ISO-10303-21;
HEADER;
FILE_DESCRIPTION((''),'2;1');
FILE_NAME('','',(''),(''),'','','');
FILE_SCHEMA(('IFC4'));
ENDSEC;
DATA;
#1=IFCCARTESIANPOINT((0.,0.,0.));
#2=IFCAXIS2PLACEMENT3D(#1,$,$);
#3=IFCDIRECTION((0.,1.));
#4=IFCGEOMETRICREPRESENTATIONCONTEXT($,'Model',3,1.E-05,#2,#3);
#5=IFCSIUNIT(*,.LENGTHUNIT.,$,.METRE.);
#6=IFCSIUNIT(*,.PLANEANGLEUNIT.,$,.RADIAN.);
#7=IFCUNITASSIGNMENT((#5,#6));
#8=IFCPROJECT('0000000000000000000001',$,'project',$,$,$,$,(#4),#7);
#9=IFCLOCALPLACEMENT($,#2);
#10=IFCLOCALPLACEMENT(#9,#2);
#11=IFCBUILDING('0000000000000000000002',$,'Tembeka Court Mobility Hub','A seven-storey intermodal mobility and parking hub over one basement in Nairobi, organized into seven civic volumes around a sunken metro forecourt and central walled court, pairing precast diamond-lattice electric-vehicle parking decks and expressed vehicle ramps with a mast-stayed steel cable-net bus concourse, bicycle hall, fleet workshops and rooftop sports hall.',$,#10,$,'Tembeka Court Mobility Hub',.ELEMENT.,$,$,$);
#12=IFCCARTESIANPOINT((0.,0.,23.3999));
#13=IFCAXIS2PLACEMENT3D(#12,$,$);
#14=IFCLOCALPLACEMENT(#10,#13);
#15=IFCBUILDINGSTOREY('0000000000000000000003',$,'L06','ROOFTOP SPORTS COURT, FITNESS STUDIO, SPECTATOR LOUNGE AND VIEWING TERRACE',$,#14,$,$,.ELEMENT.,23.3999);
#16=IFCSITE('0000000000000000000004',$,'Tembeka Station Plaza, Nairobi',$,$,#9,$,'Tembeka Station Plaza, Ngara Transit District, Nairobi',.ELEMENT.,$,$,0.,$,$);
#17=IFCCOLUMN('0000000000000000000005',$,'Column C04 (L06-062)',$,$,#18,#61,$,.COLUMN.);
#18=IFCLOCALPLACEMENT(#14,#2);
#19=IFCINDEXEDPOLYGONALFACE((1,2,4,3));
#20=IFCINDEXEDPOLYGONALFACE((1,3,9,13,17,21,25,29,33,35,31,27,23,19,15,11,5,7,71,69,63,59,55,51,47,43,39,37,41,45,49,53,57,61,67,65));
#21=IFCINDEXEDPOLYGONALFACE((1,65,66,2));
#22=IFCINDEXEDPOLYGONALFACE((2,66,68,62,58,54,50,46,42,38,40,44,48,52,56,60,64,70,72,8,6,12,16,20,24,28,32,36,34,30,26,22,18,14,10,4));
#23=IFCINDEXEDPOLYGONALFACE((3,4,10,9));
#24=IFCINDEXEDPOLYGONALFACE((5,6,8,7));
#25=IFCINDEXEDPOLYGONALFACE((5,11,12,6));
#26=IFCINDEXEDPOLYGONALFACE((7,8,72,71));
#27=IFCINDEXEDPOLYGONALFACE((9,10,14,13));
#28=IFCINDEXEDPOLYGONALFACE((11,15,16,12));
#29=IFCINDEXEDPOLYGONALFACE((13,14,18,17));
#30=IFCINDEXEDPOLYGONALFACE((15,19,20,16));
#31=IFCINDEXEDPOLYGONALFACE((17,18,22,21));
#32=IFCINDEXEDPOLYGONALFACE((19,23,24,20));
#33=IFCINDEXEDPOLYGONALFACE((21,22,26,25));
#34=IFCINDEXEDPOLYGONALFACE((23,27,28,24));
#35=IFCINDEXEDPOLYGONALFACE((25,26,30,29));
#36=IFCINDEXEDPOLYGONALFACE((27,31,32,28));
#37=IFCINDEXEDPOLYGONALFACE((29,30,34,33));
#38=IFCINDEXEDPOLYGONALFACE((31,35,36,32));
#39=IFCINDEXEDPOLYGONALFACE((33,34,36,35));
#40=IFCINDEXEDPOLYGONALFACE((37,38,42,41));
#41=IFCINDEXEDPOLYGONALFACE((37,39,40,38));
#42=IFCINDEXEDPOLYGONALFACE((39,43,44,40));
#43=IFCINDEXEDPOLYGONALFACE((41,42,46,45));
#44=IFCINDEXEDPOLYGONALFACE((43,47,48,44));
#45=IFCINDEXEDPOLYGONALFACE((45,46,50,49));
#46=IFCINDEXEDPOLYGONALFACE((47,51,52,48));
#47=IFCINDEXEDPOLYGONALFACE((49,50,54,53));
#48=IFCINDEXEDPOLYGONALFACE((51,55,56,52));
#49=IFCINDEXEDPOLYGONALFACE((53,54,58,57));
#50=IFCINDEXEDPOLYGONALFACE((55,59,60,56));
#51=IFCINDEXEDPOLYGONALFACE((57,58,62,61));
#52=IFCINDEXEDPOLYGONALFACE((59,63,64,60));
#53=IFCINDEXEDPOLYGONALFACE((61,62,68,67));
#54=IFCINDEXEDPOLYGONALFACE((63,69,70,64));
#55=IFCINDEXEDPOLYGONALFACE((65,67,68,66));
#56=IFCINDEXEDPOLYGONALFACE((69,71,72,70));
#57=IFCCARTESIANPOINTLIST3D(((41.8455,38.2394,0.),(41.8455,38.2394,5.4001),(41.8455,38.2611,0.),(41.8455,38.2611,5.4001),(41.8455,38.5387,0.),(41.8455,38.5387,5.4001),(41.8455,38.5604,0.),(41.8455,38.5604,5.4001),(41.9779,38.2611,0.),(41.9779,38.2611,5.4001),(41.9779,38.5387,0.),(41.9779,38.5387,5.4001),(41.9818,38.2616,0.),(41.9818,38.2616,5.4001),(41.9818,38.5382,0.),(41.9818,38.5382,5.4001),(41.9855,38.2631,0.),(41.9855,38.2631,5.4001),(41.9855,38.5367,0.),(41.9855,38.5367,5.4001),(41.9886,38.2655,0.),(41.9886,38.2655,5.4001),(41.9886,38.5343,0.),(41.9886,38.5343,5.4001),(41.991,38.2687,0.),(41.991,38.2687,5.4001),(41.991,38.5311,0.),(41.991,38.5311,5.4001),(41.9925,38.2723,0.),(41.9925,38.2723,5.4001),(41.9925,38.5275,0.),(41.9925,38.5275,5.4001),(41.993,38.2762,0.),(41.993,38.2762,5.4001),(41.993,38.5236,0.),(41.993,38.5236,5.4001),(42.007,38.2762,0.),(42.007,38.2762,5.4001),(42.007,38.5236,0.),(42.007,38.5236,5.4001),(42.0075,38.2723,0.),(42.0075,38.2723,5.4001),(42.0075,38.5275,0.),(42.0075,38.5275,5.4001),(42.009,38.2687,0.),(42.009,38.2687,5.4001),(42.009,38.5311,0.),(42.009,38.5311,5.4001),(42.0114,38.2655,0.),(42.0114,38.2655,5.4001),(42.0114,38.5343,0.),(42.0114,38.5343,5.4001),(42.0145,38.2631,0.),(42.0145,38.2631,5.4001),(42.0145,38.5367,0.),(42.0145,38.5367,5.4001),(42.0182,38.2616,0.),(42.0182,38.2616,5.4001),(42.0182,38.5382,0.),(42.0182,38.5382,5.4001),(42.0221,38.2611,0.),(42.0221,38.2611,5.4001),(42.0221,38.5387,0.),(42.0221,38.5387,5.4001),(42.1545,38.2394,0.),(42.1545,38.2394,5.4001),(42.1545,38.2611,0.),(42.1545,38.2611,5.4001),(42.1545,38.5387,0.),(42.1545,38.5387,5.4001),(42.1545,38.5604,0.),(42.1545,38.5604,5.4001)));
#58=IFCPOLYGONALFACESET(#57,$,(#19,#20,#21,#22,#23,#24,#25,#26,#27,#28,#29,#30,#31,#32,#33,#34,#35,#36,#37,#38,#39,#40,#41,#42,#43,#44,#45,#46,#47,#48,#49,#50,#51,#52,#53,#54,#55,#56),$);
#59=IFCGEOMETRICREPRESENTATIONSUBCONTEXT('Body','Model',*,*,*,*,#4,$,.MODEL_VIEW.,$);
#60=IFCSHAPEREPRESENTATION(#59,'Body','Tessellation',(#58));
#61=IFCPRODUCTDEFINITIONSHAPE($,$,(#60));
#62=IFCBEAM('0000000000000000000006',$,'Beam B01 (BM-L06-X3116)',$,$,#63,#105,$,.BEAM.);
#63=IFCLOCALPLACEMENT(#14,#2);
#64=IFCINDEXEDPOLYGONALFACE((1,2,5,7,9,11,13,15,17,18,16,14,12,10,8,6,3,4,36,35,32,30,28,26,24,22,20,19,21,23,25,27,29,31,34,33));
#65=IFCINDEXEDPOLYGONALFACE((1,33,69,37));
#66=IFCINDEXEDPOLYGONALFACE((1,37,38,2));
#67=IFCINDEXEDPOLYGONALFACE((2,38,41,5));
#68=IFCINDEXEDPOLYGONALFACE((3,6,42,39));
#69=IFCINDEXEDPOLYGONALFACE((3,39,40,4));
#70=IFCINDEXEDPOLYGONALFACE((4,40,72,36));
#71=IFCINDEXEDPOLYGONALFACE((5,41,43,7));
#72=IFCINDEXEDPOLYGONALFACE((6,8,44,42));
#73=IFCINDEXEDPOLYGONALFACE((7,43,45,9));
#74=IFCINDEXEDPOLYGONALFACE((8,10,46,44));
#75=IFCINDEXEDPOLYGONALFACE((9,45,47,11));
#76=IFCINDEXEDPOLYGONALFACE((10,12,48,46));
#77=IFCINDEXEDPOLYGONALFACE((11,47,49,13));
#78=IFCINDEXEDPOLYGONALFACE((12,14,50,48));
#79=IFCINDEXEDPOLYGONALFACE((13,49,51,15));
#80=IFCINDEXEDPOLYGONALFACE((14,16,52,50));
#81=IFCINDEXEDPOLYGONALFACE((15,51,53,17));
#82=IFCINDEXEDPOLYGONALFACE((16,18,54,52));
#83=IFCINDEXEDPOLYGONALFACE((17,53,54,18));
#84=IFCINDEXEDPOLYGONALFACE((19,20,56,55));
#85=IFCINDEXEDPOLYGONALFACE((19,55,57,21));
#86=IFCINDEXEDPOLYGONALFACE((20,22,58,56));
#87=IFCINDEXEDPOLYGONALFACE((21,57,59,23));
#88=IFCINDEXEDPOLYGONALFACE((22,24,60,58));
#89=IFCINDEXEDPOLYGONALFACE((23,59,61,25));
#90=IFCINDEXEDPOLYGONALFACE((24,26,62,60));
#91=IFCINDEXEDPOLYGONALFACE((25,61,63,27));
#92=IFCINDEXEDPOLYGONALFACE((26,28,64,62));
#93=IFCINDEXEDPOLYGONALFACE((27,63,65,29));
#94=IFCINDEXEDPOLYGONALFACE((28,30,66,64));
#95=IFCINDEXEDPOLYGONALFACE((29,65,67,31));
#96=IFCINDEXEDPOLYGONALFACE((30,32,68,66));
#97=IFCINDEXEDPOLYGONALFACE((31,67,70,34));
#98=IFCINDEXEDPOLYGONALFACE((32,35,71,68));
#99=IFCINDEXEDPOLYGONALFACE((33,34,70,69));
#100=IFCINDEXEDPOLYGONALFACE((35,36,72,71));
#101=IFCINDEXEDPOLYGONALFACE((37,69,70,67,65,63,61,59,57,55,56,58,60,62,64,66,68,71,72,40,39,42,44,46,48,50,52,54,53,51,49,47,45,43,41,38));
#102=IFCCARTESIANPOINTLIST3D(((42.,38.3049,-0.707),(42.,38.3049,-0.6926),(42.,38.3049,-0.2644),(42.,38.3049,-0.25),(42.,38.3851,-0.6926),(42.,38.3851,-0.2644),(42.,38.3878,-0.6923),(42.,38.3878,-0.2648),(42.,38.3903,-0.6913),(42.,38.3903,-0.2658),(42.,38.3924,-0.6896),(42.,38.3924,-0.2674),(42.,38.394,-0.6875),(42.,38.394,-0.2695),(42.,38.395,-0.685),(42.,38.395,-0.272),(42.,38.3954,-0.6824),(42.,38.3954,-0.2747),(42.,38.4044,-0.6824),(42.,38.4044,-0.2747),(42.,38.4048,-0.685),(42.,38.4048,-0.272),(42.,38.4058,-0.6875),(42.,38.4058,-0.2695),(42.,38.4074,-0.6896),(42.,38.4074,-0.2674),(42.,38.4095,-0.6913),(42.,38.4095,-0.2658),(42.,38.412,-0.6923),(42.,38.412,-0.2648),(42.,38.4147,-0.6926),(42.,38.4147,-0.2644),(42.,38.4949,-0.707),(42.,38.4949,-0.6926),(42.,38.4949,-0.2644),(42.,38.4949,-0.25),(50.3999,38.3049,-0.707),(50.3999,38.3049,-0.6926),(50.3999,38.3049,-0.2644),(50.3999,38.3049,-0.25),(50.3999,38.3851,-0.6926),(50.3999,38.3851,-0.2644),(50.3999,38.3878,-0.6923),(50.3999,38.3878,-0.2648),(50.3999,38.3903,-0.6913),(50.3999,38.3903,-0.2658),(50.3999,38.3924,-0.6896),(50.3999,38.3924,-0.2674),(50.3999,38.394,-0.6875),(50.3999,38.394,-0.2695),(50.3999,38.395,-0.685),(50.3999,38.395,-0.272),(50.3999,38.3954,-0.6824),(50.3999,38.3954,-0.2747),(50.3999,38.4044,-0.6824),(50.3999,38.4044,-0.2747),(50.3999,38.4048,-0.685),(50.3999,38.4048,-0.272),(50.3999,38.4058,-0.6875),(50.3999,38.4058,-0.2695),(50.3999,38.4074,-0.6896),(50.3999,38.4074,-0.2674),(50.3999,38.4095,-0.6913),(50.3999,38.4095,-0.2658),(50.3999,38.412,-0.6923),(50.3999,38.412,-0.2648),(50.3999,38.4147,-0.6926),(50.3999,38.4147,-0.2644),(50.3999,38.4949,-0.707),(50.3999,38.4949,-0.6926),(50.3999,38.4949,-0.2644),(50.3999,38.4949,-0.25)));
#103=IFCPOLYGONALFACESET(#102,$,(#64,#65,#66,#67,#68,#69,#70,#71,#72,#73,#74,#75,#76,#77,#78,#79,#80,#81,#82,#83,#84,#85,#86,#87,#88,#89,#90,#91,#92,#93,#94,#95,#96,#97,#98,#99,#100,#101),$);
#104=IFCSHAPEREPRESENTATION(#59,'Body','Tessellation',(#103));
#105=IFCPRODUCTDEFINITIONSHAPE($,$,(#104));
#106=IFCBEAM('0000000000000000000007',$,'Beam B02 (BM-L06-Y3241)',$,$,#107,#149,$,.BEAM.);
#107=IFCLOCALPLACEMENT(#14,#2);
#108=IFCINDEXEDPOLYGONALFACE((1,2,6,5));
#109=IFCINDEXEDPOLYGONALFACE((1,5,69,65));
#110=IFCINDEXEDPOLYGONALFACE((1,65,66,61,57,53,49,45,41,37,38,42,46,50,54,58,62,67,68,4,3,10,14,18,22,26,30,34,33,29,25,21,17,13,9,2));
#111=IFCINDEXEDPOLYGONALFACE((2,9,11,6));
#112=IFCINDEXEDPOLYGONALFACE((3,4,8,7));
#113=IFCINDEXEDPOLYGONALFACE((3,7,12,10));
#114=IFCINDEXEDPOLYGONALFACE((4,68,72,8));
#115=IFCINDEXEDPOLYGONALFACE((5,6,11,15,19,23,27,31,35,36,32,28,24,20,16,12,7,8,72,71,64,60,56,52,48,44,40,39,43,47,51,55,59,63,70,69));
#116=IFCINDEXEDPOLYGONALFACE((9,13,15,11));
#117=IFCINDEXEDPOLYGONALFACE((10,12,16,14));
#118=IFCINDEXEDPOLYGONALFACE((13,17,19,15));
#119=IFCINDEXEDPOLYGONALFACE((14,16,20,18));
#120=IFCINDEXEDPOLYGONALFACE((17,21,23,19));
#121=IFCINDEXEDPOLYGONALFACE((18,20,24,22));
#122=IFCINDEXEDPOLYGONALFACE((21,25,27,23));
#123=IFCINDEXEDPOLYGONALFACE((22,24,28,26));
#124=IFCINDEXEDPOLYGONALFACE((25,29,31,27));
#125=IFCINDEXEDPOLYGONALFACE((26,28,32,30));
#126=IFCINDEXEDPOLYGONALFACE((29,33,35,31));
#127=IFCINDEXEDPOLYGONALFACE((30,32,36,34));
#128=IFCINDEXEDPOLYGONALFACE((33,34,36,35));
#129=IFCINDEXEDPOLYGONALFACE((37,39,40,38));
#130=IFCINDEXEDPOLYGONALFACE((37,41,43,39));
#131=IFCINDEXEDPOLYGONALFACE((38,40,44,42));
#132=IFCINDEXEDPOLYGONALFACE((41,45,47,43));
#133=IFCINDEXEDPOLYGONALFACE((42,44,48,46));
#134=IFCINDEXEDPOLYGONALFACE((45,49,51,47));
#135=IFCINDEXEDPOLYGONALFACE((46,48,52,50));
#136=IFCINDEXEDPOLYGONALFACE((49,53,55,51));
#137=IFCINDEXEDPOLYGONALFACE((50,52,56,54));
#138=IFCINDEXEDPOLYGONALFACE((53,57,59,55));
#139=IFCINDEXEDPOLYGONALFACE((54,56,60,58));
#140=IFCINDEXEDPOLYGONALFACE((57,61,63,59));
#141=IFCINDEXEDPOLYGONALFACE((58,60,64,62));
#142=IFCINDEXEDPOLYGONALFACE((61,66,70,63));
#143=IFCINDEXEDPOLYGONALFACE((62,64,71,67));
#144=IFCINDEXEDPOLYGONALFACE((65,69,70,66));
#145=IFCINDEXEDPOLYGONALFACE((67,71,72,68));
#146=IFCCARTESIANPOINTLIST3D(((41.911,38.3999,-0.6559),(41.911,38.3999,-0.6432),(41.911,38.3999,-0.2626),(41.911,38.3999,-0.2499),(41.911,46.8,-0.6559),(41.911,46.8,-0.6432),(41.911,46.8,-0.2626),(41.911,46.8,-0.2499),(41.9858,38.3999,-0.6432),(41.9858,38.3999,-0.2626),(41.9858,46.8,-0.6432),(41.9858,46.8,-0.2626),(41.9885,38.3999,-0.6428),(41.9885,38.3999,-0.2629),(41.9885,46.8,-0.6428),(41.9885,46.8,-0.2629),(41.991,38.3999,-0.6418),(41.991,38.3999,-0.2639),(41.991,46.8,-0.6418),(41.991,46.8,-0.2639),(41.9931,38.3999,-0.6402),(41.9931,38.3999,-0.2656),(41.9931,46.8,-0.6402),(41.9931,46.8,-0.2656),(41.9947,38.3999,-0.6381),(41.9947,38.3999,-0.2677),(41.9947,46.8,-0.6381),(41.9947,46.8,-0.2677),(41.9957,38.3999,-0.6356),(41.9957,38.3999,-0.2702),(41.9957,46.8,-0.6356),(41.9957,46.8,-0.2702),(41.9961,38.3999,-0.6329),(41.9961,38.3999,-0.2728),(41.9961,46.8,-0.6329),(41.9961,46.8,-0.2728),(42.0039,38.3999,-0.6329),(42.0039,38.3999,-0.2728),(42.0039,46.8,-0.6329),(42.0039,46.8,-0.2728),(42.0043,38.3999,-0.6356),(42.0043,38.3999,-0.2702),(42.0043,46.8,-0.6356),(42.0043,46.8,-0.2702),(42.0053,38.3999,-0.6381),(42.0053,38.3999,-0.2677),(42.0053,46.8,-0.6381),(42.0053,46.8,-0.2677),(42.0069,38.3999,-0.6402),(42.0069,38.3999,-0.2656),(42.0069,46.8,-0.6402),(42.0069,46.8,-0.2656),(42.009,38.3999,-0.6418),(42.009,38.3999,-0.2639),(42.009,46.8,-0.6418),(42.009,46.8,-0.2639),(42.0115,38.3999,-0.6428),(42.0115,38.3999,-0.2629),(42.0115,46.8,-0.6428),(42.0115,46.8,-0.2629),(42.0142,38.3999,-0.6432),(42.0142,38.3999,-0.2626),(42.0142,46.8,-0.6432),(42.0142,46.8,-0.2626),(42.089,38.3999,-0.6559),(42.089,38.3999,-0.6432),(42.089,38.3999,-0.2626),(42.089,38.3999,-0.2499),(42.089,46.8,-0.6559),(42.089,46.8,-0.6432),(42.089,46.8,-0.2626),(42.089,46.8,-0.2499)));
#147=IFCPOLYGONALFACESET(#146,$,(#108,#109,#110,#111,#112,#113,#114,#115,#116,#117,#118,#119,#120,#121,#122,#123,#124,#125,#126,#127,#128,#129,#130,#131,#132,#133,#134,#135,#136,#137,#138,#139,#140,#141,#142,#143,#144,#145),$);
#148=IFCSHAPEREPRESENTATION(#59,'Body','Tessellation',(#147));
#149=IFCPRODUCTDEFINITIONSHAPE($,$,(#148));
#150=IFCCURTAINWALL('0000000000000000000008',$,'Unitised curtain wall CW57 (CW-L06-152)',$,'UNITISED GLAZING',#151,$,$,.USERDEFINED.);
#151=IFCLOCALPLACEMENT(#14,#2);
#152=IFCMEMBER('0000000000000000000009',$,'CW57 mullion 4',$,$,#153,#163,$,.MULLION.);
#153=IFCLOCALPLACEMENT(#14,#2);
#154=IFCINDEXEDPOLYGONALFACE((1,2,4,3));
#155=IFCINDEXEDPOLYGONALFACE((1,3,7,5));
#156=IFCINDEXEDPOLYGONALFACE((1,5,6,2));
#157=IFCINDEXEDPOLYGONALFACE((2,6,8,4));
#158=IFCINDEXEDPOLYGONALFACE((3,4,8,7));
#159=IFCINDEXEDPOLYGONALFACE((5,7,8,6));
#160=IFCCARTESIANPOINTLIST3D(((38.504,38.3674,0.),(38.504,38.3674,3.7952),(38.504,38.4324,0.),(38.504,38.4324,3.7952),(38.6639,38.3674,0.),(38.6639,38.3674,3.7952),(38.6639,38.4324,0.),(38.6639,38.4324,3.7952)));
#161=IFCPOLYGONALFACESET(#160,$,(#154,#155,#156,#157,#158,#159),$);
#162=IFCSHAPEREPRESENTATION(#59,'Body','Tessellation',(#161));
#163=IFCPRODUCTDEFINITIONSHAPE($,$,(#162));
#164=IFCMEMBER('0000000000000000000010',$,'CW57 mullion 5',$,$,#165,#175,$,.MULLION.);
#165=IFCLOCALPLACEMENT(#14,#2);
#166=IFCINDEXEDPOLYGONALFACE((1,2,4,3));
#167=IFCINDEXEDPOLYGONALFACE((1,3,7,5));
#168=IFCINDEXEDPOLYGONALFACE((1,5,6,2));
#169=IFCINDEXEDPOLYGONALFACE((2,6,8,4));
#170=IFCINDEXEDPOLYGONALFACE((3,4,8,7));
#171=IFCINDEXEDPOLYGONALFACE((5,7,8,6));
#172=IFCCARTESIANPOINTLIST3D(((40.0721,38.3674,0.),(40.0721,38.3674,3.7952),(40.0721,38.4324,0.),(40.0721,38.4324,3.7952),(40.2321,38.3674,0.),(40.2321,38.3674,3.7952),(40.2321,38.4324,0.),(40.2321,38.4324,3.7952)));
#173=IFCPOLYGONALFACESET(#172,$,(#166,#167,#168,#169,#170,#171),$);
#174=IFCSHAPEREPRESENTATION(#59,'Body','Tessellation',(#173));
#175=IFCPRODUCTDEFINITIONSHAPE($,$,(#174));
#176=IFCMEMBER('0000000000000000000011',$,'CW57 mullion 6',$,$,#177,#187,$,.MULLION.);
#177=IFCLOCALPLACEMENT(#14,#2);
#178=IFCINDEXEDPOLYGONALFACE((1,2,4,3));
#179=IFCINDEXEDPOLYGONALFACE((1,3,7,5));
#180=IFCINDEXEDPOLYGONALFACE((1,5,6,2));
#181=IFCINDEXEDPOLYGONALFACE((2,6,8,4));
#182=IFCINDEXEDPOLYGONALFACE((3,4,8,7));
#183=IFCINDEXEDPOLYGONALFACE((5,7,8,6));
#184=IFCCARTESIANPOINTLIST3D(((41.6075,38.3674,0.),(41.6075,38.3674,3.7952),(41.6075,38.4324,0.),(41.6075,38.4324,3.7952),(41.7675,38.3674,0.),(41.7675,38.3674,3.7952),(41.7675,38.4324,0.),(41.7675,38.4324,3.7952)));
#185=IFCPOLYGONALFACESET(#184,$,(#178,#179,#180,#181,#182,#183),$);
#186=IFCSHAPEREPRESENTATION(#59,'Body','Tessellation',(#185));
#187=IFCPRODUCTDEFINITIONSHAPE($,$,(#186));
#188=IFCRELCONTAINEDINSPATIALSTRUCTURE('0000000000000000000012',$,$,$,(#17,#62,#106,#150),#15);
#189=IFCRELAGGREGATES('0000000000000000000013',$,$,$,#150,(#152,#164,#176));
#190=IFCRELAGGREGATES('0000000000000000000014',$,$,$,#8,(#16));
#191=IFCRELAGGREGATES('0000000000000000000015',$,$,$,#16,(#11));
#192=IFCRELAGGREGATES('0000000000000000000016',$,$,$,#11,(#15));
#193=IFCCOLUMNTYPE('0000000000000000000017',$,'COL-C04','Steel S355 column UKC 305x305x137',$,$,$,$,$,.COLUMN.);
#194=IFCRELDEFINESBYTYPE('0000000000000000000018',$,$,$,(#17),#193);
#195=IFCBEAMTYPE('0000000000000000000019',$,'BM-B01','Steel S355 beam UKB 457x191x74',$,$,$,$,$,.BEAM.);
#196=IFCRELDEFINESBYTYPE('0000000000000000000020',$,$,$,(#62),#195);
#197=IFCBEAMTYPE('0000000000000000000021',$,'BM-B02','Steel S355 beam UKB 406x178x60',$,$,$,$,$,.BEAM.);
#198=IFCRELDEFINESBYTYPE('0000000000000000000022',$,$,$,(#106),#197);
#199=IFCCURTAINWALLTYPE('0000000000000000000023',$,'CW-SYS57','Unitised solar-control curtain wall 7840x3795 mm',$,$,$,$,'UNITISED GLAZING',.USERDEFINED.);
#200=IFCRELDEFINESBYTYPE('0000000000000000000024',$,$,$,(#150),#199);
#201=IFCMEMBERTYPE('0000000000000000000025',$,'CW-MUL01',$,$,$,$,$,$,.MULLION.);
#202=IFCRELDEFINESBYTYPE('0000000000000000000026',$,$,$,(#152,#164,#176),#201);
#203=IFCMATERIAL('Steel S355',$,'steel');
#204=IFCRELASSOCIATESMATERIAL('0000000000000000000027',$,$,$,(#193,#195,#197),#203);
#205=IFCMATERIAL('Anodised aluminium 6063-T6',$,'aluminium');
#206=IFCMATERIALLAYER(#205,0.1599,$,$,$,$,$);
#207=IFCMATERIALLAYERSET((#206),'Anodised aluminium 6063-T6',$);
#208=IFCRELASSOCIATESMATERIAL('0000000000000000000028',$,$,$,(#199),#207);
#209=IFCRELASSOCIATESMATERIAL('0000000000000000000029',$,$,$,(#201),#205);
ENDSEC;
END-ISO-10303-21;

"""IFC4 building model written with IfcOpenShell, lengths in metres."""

from ifc_helpers import new_model, si_unit, direction, frame, origin, origin_2d, place, context, subcontext, project, spatial, rectangle, i_section, extrude, material, layer, layer_set, material_profile, profile_set, type_object, element, aggregate, save


model = new_model("IFC4")

# Units and contexts
model_context = context("Model", 3, precision=1e-05, world=origin(), true_north=direction((0.0, 1.0)))
body_context = subcontext(model_context, "Body", "Model", "MODEL_VIEW")
ifc_project = project(units=[si_unit("LENGTHUNIT", "METRE"), si_unit("PLANEANGLEUNIT", "RADIAN")], contexts=[model_context])

# Site, building, storey
site_placement = place(None, origin())
site = spatial("IfcSite", under=ifc_project, at=site_placement, Name="Tembeka Station Plaza, Nairobi", LongName="Tembeka Station Plaza, Ngara Transit District, Nairobi", CompositionType="ELEMENT", RefElevation=0.0)
building_placement = place(site_placement, origin())
building = spatial("IfcBuilding", under=site, at=building_placement, Name="Tembeka Court Mobility Hub", Description="A seven-storey intermodal mobility and parking hub over one basement in Nairobi, organized into seven civic volumes around a sunken metro forecourt and central walled court, pairing precast diamond-lattice electric-vehicle parking decks and expressed vehicle ramps with a mast-stayed steel cable-net bus concourse, bicycle hall, fleet workshops and rooftop sports hall.", LongName="Tembeka Court Mobility Hub", CompositionType="ELEMENT")
storey_placement = place(building_placement, frame((0.0, 0.0, 23.3999)))
storey = spatial("IfcBuildingStorey", under=building, at=storey_placement, Name="L06", Description="ROOFTOP SPORTS COURT, FITNESS STUDIO, SPECTATOR LOUNGE AND VIEWING TERRACE", CompositionType="ELEMENT", Elevation=23.3999)

# Column
ifc_material_1 = material(Name="Steel S355", Category="steel")
ifc_material_profile_1 = material_profile(ifc_material_1, i_section(OverallWidth=0.3091, OverallDepth=0.321, WebThickness=0.0139, FlangeThickness=0.0217, FilletRadius=0.0151, at=origin_2d()), Name="UKC 305x305x137")
ifc_profile_set_1 = profile_set([ifc_material_profile_1], Name="Steel S355")
column_type = type_object("IfcColumnType", Name="COL-C04", Description="Steel S355 column UKC 305x305x137", PredefinedType="COLUMN", material=ifc_profile_set_1)
column_placement = place(storey_placement, frame((42.0, 38.3999, 0.0), z_axis=(0.0, 0.0, 1.0), x_axis=(1.0, 0.0, 0.0)))
element("IfcColumn", 1, at=column_placement, inside=storey, type_object=column_type, Name="Column C04 (L06-062)", PredefinedType="COLUMN", context=body_context, shape_type="SweptSolid", body=[
    extrude(i_section(OverallWidth=0.3091, OverallDepth=0.321, WebThickness=0.0139, FlangeThickness=0.0217, FilletRadius=0.0151, at=origin_2d()), origin(), (0.0, 0.0, 1.0), 5.4001),
])

# Beams
ifc_material_profile_2 = material_profile(ifc_material_1, i_section(OverallWidth=0.1899, OverallDepth=0.457, WebThickness=0.009, FlangeThickness=0.0144, FilletRadius=0.0103, at=origin_2d()), Name="UKB 457x191x74")
ifc_profile_set_2 = profile_set([ifc_material_profile_2], Name="Steel S355")
beam_type_1 = type_object("IfcBeamType", Name="BM-B01", Description="Steel S355 beam UKB 457x191x74", PredefinedType="BEAM", material=ifc_profile_set_2)
beam_1_placement = place(storey_placement, frame((42.0, 38.3999, -0.4785), z_axis=(1.0, 0.0, 0.0), x_axis=(0.0, 1.0, 0.0)))
element("IfcBeam", 2, at=beam_1_placement, inside=storey, type_object=beam_type_1, Name="Beam B01 (BM-L06-X3116)", PredefinedType="BEAM", context=body_context, shape_type="SweptSolid", body=[
    extrude(i_section(OverallWidth=0.1899, OverallDepth=0.457, WebThickness=0.009, FlangeThickness=0.0144, FilletRadius=0.0103, at=origin_2d()), origin(), (0.0, 0.0, 1.0), 8.3999),
])
ifc_material_profile_3 = material_profile(ifc_material_1, i_section(OverallWidth=0.178, OverallDepth=0.406, WebThickness=0.0078, FlangeThickness=0.0127, FilletRadius=0.0103, at=origin_2d()), Name="UKB 406x178x60")
ifc_profile_set_3 = profile_set([ifc_material_profile_3], Name="Steel S355")
beam_type_2 = type_object("IfcBeamType", Name="BM-B02", Description="Steel S355 beam UKB 406x178x60", PredefinedType="BEAM", material=ifc_profile_set_3)
beam_2_placement = place(storey_placement, frame((42.0, 38.3999, -0.4529), z_axis=(0.0, 1.0, 0.0), x_axis=(-1.0, 0.0, 0.0)))
element("IfcBeam", 3, at=beam_2_placement, inside=storey, type_object=beam_type_2, Name="Beam B02 (BM-L06-Y3241)", PredefinedType="BEAM", context=body_context, shape_type="SweptSolid", body=[
    extrude(i_section(OverallWidth=0.178, OverallDepth=0.406, WebThickness=0.0078, FlangeThickness=0.0127, FilletRadius=0.0103, at=origin_2d()), origin(), (0.0, 0.0, 1.0), 8.4001),
])

# Curtain wall, members
ifc_material_2 = material(Name="Anodised aluminium 6063-T6", Category="aluminium")
ifc_layer_1 = layer(ifc_material_2, 0.1599)
ifc_layer_set_1 = layer_set([ifc_layer_1], Name="Anodised aluminium 6063-T6")
curtain_wall_type = type_object("IfcCurtainWallType", Name="CW-SYS57", Description="Unitised solar-control curtain wall 7840x3795 mm", ElementType="UNITISED GLAZING", PredefinedType="USERDEFINED", material=ifc_layer_set_1)
curtain_wall_1_placement = place(storey_placement, origin())
curtain_wall_1 = element("IfcCurtainWall", 4, at=curtain_wall_1_placement, inside=storey, type_object=curtain_wall_type, Name="Unitised curtain wall CW57 (CW-L06-152)", ObjectType="UNITISED GLAZING", PredefinedType="USERDEFINED")
ifc_material_profile_4 = material_profile(ifc_material_2, rectangle(XDim=0.0649, YDim=0.1599, at=origin_2d()), Name="ALU-MUL 65x160")
ifc_profile_set_4 = profile_set([ifc_material_profile_4], Name="Anodised aluminium 6063-T6")
member_type_1 = type_object("IfcMemberType", Name="CW-MUL01", PredefinedType="MULLION", material=ifc_profile_set_4)
member_1_placement = place(storey_placement, frame((38.584, 38.3999, 0.0), z_axis=(0.0, 0.0, 1.0), x_axis=(0.0, 1.0, 0.0)))
member_1 = element("IfcMember", 5, at=member_1_placement, type_object=member_type_1, Name="CW57 mullion 4", PredefinedType="MULLION", context=body_context, shape_type="SweptSolid", body=[
    extrude(rectangle(XDim=0.0649, YDim=0.1599, at=origin_2d()), origin(), (0.0, 0.0, 1.0), 3.7952),
])
member_2_placement = place(storey_placement, frame((40.1521, 38.3999, 0.0), z_axis=(0.0, 0.0, 1.0), x_axis=(0.0, 1.0, 0.0)))
member_2 = element("IfcMember", 6, at=member_2_placement, type_object=member_type_1, Name="CW57 mullion 5", PredefinedType="MULLION", context=body_context, shape_type="SweptSolid", body=[
    extrude(rectangle(XDim=0.0649, YDim=0.1599, at=origin_2d()), origin(), (0.0, 0.0, 1.0), 3.7952),
])
member_3_placement = place(storey_placement, frame((41.6875, 38.3999, 0.0), z_axis=(0.0, 0.0, 1.0), x_axis=(0.0, 1.0, 0.0)))
member_3 = element("IfcMember", 7, at=member_3_placement, type_object=member_type_1, Name="CW57 mullion 6", PredefinedType="MULLION", context=body_context, shape_type="SweptSolid", body=[
    extrude(rectangle(XDim=0.0649, YDim=0.1599, at=origin_2d()), origin(), (0.0, 0.0, 1.0), 3.7952),
])

aggregate(curtain_wall_1, [member_1, member_2, member_3])

save(model, "model.ifc")
